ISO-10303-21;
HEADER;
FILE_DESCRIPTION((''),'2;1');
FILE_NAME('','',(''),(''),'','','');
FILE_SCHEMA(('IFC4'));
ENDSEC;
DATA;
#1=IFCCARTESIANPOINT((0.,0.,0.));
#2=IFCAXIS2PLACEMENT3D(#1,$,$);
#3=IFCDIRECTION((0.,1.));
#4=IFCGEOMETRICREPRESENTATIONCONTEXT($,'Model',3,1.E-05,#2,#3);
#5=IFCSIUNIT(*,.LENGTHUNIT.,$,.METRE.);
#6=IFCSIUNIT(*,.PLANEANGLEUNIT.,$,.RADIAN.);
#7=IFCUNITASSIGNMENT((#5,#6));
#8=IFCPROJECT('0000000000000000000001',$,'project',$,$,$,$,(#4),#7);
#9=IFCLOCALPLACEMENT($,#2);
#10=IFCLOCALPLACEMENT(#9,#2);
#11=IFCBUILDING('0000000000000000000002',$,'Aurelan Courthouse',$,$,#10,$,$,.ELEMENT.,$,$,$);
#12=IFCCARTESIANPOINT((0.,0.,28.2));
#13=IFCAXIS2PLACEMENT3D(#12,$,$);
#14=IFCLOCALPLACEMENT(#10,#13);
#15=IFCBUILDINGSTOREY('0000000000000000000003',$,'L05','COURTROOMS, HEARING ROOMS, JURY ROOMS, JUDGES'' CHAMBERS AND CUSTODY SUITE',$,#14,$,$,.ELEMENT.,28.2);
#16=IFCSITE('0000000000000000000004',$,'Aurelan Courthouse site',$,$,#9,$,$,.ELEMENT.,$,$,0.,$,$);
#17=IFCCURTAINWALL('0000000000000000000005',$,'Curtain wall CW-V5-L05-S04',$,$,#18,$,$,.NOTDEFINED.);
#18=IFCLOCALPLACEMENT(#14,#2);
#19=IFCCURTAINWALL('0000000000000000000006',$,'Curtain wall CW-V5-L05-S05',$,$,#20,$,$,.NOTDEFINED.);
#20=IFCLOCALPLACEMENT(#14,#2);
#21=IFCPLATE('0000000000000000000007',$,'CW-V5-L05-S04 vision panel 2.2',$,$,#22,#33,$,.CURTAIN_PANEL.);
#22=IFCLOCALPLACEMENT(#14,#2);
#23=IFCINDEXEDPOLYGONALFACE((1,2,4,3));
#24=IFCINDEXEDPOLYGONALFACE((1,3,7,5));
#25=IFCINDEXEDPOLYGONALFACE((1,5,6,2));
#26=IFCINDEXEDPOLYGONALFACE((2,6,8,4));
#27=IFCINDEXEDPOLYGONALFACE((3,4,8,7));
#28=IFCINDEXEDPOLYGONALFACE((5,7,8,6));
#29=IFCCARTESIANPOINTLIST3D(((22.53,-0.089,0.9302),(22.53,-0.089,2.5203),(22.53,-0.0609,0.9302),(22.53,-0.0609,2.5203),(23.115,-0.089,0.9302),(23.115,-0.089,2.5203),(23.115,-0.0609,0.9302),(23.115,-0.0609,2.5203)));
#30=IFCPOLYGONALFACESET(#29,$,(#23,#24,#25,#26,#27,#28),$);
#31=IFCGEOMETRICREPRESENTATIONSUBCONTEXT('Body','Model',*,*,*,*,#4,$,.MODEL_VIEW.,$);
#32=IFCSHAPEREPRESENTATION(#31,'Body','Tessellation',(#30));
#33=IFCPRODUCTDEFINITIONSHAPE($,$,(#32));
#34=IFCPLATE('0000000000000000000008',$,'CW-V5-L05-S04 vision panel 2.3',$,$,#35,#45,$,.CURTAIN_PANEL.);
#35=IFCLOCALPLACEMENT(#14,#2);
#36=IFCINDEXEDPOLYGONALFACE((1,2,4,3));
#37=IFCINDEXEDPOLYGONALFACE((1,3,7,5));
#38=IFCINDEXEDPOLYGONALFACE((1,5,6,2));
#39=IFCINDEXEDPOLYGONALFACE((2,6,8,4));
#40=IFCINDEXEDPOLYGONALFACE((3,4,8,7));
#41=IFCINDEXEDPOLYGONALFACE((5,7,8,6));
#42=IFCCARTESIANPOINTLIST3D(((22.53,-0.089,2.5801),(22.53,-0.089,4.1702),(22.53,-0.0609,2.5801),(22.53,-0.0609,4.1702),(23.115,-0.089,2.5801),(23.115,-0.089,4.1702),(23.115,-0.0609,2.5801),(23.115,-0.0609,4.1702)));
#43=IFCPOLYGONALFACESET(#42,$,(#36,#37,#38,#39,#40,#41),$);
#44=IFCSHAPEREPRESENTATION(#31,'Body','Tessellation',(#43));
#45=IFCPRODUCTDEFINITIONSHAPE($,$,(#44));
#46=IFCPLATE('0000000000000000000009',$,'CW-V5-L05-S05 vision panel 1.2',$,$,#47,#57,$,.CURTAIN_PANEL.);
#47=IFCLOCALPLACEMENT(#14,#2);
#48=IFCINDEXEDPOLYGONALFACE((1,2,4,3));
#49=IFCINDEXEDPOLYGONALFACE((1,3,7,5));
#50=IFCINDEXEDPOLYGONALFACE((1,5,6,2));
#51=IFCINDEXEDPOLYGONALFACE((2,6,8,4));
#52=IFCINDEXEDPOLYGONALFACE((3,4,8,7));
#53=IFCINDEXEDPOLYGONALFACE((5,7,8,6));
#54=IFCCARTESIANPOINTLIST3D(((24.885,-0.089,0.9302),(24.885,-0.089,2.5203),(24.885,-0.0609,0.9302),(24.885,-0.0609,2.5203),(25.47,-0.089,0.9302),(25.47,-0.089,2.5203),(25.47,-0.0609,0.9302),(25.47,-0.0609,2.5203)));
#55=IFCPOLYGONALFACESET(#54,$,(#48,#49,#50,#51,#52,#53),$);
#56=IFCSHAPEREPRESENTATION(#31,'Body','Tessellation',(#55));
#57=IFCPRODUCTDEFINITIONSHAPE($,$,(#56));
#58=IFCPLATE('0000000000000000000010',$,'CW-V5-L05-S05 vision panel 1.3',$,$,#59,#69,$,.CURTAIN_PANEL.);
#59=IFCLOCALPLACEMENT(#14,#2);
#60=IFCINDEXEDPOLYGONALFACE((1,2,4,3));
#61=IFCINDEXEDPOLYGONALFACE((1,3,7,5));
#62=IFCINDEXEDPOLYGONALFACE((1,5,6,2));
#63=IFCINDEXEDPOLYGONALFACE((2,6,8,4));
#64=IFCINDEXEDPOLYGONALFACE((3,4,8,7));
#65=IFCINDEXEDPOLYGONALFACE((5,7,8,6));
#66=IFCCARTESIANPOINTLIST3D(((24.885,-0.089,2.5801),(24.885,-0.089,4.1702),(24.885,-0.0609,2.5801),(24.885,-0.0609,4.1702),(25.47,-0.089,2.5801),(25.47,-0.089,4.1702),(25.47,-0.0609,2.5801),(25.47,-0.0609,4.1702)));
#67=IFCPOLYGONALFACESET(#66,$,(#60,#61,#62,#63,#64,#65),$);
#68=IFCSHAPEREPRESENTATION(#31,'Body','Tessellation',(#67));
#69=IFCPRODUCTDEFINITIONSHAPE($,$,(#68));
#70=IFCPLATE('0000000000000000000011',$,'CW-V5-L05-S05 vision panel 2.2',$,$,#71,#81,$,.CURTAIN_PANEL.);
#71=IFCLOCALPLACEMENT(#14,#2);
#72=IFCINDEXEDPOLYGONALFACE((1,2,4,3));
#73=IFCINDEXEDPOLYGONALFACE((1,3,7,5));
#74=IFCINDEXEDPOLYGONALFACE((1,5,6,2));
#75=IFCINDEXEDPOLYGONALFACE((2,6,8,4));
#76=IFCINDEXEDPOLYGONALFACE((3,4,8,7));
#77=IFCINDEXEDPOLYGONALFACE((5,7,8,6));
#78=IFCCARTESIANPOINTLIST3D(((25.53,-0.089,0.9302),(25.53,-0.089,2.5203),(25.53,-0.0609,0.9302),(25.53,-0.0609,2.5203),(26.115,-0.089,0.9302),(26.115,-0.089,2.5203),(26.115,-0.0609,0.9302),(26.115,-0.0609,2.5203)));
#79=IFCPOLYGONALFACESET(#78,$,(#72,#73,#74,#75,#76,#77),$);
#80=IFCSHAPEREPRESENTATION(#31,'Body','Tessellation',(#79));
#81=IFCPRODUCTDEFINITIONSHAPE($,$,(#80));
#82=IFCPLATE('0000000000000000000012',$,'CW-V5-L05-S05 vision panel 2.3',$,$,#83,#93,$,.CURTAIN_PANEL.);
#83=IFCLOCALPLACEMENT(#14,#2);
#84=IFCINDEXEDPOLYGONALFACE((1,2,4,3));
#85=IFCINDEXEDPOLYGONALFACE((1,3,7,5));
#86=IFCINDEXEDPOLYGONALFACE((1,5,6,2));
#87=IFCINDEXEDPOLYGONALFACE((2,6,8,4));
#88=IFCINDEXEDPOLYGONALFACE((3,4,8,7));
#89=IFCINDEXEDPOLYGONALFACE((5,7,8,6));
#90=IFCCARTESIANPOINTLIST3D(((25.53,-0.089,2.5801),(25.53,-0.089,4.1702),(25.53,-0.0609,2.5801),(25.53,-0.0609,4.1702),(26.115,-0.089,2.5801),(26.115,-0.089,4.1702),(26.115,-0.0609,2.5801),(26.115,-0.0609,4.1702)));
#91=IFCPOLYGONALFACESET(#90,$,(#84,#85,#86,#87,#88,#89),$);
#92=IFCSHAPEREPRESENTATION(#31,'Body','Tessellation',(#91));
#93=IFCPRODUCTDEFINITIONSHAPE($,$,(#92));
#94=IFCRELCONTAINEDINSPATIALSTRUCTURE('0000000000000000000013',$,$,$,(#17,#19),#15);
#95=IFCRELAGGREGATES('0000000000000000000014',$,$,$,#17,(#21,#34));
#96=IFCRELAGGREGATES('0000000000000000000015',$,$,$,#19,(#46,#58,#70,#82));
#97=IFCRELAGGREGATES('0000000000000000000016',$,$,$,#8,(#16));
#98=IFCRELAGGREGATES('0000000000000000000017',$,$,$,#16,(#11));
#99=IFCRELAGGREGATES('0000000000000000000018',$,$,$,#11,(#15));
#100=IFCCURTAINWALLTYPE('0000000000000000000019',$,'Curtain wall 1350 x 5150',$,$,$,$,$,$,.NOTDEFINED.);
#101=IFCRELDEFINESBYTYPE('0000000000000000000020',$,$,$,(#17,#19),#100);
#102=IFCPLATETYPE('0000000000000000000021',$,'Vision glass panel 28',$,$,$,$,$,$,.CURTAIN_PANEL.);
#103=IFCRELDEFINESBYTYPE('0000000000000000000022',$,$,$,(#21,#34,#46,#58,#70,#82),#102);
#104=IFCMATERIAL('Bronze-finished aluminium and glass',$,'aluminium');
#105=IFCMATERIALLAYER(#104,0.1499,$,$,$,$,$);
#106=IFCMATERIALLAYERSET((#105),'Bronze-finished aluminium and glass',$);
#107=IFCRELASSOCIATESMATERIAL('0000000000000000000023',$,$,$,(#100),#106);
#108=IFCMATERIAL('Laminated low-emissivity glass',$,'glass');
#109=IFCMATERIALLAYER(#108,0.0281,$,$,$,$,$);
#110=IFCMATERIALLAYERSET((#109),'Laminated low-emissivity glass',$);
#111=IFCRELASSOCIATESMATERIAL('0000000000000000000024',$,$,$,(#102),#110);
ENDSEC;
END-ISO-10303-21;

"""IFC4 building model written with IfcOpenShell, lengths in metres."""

from ifc_helpers import new_model, si_unit, direction, frame, origin, origin_2d, place, context, subcontext, project, spatial, rectangle, extrude, material, layer, layer_set, type_object, element, aggregate, save


model = new_model("IFC4")

# Units and contexts
model_context = context("Model", 3, precision=1e-05, world=origin(), true_north=direction((0.0, 1.0)))
body_context = subcontext(model_context, "Body", "Model", "MODEL_VIEW")
ifc_project = project(units=[si_unit("LENGTHUNIT", "METRE"), si_unit("PLANEANGLEUNIT", "RADIAN")], contexts=[model_context])

# Site, building, storey
site_placement = place(None, origin())
site = spatial("IfcSite", under=ifc_project, at=site_placement, Name="Aurelan Courthouse site", CompositionType="ELEMENT", RefElevation=0.0)
building_placement = place(site_placement, origin())
building = spatial("IfcBuilding", under=site, at=building_placement, Name="Aurelan Courthouse", CompositionType="ELEMENT")
storey_placement = place(building_placement, frame((0.0, 0.0, 28.2)))
storey = spatial("IfcBuildingStorey", under=building, at=storey_placement, Name="L05", Description="COURTROOMS, HEARING ROOMS, JURY ROOMS, JUDGES' CHAMBERS AND CUSTODY SUITE", CompositionType="ELEMENT", Elevation=28.2)

# Curtain walls
ifc_material_1 = material(Name="Bronze-finished aluminium and glass", Category="aluminium")
ifc_layer_1 = layer(ifc_material_1, 0.1499)
ifc_layer_set_1 = layer_set([ifc_layer_1], Name="Bronze-finished aluminium and glass")
curtain_wall_type = type_object("IfcCurtainWallType", Name="Curtain wall 1350 x 5150", PredefinedType="NOTDEFINED", material=ifc_layer_set_1)
curtain_wall_1_placement = place(storey_placement, origin())
curtain_wall_1 = element("IfcCurtainWall", 1, at=curtain_wall_1_placement, inside=storey, type_object=curtain_wall_type, Name="Curtain wall CW-V5-L05-S04", PredefinedType="NOTDEFINED")
curtain_wall_2_placement = place(storey_placement, origin())
curtain_wall_2 = element("IfcCurtainWall", 2, at=curtain_wall_2_placement, inside=storey, type_object=curtain_wall_type, Name="Curtain wall CW-V5-L05-S05", PredefinedType="NOTDEFINED")

# Plates
ifc_material_2 = material(Name="Laminated low-emissivity glass", Category="glass")
ifc_layer_2 = layer(ifc_material_2, 0.0281)
ifc_layer_set_2 = layer_set([ifc_layer_2], Name="Laminated low-emissivity glass")
plate_type_1 = type_object("IfcPlateType", Name="Vision glass panel 28", PredefinedType="CURTAIN_PANEL", material=ifc_layer_set_2)
plate_1_placement = place(storey_placement, frame((22.8225, -0.075, 0.9302), z_axis=(0.0, 0.0, 1.0), x_axis=(1.0, 0.0, 0.0)))
plate_1 = element("IfcPlate", 3, at=plate_1_placement, type_object=plate_type_1, Name="CW-V5-L05-S04 vision panel 2.2", PredefinedType="CURTAIN_PANEL", context=body_context, shape_type="SweptSolid", body=[
    extrude(rectangle(XDim=0.585, YDim=0.0281, at=origin_2d()), origin(), (0.0, 0.0, 1.0), 1.5901),
])
plate_2_placement = place(storey_placement, frame((22.8225, -0.075, 2.5801), z_axis=(0.0, 0.0, 1.0), x_axis=(1.0, 0.0, 0.0)))
plate_2 = element("IfcPlate", 4, at=plate_2_placement, type_object=plate_type_1, Name="CW-V5-L05-S04 vision panel 2.3", PredefinedType="CURTAIN_PANEL", context=body_context, shape_type="SweptSolid", body=[
    extrude(rectangle(XDim=0.585, YDim=0.0281, at=origin_2d()), origin(), (0.0, 0.0, 1.0), 1.5901),
])
aggregate(curtain_wall_1, [plate_1, plate_2])
plate_3_placement = place(storey_placement, frame((25.1775, -0.075, 0.9302), z_axis=(0.0, 0.0, 1.0), x_axis=(1.0, 0.0, 0.0)))
plate_3 = element("IfcPlate", 5, at=plate_3_placement, type_object=plate_type_1, Name="CW-V5-L05-S05 vision panel 1.2", PredefinedType="CURTAIN_PANEL", context=body_context, shape_type="SweptSolid", body=[
    extrude(rectangle(XDim=0.585, YDim=0.0281, at=origin_2d()), origin(), (0.0, 0.0, 1.0), 1.5901),
])
plate_4_placement = place(storey_placement, frame((25.1775, -0.075, 2.5801), z_axis=(0.0, 0.0, 1.0), x_axis=(1.0, 0.0, 0.0)))
plate_4 = element("IfcPlate", 6, at=plate_4_placement, type_object=plate_type_1, Name="CW-V5-L05-S05 vision panel 1.3", PredefinedType="CURTAIN_PANEL", context=body_context, shape_type="SweptSolid", body=[
    extrude(rectangle(XDim=0.585, YDim=0.0281, at=origin_2d()), origin(), (0.0, 0.0, 1.0), 1.5901),
])
plate_5_placement = place(storey_placement, frame((25.8225, -0.075, 0.9302), z_axis=(0.0, 0.0, 1.0), x_axis=(1.0, 0.0, 0.0)))
plate_5 = element("IfcPlate", 7, at=plate_5_placement, type_object=plate_type_1, Name="CW-V5-L05-S05 vision panel 2.2", PredefinedType="CURTAIN_PANEL", context=body_context, shape_type="SweptSolid", body=[
    extrude(rectangle(XDim=0.585, YDim=0.0281, at=origin_2d()), origin(), (0.0, 0.0, 1.0), 1.5901),
])
plate_6_placement = place(storey_placement, frame((25.8225, -0.075, 2.5801), z_axis=(0.0, 0.0, 1.0), x_axis=(1.0, 0.0, 0.0)))
plate_6 = element("IfcPlate", 8, at=plate_6_placement, type_object=plate_type_1, Name="CW-V5-L05-S05 vision panel 2.3", PredefinedType="CURTAIN_PANEL", context=body_context, shape_type="SweptSolid", body=[
    extrude(rectangle(XDim=0.585, YDim=0.0281, at=origin_2d()), origin(), (0.0, 0.0, 1.0), 1.5901),
])
aggregate(curtain_wall_2, [plate_3, plate_4, plate_5, plate_6])

save(model, "model.ifc")
